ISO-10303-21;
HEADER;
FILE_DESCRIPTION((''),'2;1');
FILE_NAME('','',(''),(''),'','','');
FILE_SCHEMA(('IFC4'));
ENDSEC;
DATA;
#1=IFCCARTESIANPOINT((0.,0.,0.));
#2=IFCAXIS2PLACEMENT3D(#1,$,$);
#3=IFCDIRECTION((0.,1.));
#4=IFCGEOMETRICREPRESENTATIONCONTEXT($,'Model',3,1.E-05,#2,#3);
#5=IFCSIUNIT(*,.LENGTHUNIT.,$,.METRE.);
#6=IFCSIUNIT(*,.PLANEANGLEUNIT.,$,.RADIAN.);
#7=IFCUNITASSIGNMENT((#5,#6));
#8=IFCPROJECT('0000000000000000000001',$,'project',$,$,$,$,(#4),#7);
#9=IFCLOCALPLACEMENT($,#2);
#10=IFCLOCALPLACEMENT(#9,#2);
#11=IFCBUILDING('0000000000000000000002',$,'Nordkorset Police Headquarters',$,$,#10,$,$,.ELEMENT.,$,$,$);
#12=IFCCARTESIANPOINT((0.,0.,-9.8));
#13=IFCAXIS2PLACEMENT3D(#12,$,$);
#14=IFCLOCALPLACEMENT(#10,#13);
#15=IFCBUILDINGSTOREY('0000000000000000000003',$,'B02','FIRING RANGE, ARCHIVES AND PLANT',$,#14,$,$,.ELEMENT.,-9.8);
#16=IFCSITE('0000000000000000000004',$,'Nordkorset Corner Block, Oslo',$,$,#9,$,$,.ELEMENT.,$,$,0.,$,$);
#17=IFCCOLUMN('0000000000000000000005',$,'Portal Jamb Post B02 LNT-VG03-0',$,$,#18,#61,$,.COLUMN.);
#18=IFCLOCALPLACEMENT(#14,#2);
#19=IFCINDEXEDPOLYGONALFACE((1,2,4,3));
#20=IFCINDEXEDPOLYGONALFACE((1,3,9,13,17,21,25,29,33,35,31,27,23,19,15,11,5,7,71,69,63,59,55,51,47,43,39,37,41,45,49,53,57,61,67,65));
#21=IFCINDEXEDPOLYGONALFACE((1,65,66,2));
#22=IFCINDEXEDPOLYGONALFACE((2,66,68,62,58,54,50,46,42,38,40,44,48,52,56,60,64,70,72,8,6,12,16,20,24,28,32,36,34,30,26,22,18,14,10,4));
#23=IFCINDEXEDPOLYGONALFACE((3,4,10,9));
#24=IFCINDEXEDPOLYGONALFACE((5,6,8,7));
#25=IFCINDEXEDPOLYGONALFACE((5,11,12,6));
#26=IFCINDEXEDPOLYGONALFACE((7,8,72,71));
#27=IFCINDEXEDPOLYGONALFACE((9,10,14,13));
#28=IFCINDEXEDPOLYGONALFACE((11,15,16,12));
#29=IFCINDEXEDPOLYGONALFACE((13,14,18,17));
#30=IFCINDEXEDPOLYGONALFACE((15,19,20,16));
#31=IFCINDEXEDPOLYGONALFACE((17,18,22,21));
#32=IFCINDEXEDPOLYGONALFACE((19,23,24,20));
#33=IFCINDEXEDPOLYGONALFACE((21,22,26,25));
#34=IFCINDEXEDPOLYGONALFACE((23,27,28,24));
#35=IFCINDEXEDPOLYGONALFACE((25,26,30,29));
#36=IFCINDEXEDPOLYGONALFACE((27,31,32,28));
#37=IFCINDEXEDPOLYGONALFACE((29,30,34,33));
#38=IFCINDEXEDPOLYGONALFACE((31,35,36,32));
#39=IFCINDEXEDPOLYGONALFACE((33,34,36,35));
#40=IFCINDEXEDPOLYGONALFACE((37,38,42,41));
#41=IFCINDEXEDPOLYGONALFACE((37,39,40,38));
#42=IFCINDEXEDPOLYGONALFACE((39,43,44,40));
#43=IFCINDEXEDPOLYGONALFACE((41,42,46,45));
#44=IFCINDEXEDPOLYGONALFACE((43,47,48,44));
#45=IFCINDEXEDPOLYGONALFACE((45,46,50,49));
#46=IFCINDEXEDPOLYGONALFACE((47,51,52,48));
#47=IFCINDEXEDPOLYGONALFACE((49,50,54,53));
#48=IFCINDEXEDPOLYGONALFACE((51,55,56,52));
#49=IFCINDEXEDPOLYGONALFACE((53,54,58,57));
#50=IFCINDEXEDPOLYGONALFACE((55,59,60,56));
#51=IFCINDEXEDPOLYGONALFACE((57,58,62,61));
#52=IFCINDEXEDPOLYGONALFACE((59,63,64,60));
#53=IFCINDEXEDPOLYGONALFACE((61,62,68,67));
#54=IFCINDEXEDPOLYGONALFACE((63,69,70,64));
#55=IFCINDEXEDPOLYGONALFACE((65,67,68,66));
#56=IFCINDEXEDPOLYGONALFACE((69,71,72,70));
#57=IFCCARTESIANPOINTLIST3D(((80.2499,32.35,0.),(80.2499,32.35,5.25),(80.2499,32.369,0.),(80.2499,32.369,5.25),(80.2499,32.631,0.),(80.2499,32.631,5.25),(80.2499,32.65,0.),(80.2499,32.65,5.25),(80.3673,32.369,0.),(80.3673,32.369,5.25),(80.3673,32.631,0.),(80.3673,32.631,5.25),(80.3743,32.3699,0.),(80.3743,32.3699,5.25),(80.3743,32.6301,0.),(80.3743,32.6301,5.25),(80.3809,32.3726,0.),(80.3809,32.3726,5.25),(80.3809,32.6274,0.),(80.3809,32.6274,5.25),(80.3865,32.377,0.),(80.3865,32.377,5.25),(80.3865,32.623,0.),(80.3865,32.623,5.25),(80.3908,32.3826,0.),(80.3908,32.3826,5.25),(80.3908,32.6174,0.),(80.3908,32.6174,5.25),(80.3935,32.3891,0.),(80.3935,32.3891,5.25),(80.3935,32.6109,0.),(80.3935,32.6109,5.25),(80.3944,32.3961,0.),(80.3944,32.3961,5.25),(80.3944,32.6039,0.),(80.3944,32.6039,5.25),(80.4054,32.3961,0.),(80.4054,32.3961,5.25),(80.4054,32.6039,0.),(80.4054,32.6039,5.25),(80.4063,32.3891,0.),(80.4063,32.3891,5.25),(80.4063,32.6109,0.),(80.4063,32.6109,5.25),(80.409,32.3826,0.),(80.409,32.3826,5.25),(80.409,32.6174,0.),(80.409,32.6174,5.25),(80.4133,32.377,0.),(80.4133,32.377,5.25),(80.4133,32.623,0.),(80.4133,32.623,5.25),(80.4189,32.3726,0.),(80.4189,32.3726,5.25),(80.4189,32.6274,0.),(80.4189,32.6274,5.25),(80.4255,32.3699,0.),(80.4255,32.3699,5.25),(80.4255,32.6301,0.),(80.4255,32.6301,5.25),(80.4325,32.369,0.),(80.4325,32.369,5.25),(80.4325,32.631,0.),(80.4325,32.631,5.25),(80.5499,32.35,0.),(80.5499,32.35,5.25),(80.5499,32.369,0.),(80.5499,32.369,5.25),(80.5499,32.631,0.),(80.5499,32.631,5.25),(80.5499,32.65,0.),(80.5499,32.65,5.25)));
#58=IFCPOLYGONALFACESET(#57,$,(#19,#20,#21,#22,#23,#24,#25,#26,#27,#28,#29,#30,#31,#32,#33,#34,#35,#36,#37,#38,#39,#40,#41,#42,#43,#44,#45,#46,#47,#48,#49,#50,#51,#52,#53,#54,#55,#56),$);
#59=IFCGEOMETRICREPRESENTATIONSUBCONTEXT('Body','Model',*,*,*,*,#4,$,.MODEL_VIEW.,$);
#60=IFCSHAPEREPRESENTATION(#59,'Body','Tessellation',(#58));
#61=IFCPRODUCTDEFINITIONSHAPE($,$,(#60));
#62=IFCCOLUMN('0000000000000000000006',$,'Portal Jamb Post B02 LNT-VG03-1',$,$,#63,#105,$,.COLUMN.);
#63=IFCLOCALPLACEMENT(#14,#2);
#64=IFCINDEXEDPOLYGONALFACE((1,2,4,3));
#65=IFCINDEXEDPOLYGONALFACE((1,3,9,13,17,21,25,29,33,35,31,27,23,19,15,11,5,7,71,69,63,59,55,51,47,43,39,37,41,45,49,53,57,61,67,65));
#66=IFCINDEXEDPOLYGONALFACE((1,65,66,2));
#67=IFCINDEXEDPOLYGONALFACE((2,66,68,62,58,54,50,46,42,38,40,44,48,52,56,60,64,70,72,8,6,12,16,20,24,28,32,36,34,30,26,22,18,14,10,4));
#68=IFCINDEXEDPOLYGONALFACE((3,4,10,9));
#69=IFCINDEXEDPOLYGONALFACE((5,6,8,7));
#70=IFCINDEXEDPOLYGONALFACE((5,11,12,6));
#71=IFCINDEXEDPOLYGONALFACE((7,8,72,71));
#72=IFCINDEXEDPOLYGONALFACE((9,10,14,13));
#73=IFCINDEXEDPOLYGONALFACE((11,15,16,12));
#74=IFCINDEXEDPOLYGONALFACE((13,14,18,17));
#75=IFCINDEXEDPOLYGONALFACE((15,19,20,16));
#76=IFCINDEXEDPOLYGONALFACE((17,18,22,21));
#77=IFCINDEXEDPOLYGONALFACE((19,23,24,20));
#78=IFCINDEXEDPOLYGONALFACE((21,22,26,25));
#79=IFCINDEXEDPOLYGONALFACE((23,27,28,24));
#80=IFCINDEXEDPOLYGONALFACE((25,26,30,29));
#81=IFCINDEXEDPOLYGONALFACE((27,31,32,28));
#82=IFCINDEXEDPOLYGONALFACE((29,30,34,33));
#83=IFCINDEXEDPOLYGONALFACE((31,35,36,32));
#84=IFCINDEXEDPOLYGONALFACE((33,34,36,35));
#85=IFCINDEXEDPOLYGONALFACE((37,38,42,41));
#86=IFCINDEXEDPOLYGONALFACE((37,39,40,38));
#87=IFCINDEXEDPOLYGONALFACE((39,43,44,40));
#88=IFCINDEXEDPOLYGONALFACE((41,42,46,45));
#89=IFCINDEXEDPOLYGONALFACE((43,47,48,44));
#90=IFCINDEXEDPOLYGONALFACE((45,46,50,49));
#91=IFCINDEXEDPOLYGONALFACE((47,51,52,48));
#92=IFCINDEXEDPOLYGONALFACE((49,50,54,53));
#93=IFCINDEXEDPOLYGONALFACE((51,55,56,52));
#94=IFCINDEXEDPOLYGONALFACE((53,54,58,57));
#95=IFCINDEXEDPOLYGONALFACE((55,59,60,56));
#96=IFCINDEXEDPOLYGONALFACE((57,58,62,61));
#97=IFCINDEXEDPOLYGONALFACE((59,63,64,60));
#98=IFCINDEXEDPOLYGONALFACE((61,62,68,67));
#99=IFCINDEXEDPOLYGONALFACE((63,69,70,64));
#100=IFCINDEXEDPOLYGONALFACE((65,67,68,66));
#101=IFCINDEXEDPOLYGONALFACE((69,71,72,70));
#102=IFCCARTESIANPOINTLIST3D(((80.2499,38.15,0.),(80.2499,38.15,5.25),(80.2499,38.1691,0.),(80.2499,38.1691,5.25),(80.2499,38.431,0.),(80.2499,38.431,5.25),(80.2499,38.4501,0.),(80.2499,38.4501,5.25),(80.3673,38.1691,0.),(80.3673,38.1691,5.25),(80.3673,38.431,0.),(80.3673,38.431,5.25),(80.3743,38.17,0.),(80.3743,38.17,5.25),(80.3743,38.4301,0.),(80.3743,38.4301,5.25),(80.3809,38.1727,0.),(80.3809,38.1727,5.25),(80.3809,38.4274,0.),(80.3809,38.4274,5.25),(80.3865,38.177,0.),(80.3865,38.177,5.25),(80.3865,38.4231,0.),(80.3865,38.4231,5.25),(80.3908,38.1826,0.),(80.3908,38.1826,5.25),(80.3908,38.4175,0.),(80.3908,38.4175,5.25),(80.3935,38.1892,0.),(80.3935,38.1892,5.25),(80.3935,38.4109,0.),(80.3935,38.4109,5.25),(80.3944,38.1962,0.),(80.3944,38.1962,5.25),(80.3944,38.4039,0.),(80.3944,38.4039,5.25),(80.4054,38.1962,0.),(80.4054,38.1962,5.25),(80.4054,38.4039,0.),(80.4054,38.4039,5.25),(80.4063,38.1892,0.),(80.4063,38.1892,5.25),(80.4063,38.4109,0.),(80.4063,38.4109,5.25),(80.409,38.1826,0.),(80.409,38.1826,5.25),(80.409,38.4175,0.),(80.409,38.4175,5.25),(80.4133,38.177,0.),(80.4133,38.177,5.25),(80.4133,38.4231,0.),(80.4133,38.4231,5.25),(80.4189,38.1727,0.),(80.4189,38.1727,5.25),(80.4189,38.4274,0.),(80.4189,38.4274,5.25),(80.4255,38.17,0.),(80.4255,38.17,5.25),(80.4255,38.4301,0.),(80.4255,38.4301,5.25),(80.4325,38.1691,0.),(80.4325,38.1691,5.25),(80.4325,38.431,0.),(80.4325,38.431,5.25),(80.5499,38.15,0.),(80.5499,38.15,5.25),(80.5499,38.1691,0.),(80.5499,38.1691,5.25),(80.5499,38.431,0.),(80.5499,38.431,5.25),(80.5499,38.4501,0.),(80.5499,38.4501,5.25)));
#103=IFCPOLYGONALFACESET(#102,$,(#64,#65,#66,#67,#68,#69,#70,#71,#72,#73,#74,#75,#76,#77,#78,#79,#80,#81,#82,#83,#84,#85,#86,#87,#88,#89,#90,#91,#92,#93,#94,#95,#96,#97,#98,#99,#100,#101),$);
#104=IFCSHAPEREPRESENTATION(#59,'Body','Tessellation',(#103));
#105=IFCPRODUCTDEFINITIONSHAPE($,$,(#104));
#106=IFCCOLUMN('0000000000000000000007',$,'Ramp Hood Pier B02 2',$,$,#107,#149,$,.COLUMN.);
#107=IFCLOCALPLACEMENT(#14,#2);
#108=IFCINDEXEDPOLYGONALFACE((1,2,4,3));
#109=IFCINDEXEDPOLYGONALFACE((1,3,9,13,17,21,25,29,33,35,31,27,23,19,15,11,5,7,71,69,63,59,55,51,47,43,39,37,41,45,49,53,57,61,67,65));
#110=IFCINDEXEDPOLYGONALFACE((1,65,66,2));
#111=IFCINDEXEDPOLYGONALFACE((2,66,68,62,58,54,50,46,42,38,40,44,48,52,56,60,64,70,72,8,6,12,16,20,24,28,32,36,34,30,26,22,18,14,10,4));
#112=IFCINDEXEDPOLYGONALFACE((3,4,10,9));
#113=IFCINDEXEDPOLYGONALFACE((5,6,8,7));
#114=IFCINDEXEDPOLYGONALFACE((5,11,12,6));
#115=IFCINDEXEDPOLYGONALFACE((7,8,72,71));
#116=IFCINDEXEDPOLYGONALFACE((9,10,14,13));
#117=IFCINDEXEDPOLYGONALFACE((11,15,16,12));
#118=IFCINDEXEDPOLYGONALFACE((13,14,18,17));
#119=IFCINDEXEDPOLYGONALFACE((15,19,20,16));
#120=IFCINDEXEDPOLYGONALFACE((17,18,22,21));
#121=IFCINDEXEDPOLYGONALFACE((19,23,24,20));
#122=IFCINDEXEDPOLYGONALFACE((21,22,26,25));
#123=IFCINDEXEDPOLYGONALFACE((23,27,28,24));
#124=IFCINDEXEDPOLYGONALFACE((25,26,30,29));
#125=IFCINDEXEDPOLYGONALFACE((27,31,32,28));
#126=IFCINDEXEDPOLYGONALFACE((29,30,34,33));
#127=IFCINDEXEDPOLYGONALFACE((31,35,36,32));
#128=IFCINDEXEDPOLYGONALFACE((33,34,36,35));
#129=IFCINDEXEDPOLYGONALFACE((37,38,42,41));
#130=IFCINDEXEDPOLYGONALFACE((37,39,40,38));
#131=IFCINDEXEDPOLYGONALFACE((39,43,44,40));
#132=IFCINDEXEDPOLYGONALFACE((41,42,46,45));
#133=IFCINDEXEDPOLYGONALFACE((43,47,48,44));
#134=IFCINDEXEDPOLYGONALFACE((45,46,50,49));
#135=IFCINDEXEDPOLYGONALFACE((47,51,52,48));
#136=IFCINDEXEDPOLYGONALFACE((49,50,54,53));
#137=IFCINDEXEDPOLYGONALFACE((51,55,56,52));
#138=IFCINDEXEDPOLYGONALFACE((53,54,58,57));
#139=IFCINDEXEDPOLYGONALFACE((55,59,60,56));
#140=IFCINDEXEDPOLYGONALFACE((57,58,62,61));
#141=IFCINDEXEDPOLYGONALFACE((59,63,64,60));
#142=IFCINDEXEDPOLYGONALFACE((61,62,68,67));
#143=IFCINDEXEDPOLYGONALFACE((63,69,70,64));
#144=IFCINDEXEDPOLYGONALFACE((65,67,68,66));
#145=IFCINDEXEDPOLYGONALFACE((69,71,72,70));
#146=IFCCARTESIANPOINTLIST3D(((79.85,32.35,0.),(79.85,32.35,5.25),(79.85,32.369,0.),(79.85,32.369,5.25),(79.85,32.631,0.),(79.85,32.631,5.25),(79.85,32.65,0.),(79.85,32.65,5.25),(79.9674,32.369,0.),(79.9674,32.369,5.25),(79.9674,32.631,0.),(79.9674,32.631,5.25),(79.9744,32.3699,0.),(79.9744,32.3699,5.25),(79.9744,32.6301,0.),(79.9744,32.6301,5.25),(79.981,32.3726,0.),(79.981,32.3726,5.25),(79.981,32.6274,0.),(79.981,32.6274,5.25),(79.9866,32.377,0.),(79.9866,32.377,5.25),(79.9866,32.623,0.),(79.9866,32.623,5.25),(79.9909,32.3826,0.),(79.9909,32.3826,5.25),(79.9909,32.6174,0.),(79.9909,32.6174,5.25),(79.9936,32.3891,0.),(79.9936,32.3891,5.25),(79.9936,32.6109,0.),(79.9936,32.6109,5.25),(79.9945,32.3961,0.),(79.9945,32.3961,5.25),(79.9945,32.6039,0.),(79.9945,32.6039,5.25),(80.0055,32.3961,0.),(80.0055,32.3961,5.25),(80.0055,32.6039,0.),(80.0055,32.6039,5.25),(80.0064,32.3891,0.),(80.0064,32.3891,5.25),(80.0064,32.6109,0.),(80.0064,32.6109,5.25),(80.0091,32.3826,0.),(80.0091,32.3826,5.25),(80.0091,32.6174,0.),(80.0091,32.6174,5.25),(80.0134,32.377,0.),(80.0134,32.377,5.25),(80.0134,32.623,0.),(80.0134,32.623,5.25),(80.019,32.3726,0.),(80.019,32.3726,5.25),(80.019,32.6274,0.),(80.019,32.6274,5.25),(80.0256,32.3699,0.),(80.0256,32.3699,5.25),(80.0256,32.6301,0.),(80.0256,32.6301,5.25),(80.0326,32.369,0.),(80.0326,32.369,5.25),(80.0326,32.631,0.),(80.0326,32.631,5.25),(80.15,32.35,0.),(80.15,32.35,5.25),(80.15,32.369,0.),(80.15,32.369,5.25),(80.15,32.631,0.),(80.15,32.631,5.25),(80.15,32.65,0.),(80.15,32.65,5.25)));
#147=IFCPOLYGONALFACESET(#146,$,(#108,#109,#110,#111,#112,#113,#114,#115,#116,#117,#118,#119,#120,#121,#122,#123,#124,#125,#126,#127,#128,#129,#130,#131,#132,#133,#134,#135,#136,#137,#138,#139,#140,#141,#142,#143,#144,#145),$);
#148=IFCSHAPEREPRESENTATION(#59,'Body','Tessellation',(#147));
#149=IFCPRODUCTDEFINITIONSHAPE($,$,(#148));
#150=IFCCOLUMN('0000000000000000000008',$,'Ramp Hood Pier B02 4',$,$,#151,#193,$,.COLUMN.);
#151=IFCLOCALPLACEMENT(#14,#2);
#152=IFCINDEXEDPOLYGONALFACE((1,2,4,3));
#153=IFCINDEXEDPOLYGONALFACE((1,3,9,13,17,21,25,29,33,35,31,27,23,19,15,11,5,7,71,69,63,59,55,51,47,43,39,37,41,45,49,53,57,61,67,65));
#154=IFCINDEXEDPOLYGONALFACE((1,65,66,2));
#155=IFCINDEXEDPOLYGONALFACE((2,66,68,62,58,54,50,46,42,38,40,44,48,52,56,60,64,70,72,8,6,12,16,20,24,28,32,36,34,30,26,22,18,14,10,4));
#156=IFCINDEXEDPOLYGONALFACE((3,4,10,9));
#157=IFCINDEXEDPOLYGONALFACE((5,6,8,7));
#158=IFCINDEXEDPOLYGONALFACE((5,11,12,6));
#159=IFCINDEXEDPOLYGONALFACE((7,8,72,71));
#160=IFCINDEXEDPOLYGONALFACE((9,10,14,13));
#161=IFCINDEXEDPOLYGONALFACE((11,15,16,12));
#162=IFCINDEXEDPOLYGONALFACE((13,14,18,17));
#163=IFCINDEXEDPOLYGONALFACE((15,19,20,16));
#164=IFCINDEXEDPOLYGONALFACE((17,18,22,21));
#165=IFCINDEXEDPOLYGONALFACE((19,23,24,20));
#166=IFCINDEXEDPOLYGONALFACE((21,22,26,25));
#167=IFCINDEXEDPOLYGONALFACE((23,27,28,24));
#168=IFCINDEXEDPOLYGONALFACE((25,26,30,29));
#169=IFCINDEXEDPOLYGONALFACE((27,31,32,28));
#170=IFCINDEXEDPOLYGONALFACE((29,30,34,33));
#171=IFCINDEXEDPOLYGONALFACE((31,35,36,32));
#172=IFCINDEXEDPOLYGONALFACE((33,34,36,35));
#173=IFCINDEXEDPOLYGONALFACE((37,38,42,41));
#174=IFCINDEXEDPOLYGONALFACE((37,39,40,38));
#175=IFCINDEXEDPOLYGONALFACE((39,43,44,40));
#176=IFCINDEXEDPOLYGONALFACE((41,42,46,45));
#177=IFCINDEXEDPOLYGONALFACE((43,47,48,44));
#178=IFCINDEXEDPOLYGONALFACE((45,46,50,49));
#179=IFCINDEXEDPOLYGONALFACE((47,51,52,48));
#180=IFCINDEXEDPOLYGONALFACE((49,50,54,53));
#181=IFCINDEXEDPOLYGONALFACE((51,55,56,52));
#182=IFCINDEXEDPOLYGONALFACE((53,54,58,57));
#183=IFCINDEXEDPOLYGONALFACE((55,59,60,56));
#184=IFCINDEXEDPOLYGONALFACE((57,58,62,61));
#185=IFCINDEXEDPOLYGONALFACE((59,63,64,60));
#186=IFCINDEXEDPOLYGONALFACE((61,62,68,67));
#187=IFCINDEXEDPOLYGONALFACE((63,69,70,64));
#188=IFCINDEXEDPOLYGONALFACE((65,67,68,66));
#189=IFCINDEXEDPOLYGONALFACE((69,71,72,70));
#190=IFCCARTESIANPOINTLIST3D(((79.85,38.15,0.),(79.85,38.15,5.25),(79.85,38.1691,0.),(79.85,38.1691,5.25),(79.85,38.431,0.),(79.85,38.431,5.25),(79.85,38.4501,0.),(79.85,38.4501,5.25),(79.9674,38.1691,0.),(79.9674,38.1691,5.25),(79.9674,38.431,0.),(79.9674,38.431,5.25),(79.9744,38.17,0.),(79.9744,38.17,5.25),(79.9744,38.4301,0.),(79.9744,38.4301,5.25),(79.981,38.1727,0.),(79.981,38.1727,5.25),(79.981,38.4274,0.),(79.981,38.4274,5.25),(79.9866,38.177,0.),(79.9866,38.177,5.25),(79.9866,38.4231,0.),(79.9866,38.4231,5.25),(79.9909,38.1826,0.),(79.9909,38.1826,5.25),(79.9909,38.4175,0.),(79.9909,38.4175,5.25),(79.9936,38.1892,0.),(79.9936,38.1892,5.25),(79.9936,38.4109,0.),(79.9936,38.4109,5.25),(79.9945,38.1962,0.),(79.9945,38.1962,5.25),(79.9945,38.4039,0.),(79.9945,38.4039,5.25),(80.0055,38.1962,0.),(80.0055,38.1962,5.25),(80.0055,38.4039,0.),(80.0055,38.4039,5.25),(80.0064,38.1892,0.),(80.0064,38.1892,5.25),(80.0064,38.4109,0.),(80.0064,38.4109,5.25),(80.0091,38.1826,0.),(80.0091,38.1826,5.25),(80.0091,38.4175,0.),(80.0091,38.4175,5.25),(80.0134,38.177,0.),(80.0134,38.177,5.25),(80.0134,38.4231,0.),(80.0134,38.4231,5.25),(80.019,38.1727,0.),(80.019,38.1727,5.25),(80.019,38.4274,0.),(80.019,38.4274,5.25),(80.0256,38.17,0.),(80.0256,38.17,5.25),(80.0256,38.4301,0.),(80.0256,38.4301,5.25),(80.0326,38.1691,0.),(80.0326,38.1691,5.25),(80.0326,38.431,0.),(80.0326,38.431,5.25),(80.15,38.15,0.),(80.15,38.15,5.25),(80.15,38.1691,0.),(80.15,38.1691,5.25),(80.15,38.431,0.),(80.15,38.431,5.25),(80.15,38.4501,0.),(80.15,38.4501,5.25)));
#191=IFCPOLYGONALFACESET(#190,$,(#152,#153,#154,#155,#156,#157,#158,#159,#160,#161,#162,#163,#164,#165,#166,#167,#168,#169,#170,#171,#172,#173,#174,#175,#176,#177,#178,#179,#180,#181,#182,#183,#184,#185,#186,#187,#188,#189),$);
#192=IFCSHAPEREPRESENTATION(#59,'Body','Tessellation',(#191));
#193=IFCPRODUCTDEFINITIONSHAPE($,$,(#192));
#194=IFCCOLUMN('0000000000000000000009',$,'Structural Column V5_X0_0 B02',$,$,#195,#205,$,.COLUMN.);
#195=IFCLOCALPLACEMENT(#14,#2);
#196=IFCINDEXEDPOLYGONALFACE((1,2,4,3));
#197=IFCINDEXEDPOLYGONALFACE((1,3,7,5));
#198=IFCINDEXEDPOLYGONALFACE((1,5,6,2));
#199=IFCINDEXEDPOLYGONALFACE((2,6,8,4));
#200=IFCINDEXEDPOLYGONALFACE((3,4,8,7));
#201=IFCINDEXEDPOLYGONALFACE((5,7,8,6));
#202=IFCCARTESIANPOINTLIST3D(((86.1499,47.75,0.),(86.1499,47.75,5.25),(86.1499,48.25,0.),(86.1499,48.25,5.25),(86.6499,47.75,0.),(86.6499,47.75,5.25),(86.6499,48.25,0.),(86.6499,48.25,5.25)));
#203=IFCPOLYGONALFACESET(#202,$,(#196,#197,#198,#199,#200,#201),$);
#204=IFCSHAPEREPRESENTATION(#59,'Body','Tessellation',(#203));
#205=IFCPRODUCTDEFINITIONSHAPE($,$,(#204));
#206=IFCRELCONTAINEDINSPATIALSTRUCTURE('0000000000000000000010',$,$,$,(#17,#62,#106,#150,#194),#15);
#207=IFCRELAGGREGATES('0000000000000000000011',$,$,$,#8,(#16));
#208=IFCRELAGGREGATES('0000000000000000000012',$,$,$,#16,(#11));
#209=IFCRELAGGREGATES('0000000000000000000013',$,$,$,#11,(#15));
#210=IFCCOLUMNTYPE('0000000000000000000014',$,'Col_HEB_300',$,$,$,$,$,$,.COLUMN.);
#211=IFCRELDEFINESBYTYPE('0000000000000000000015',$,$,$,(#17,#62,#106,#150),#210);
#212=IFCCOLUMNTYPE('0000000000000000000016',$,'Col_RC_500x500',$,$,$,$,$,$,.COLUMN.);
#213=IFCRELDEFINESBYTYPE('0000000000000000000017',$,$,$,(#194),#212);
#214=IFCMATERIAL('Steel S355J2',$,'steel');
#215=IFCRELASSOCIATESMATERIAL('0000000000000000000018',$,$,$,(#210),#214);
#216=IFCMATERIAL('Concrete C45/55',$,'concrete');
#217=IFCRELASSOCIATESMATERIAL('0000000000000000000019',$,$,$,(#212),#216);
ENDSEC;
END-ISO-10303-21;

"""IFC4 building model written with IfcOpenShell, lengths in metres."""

from ifc_helpers import new_model, si_unit, direction, frame, origin, origin_2d, place, context, subcontext, project, spatial, rectangle, i_section, extrude, material, material_profile, profile_set, type_object, element, save


model = new_model("IFC4")

# Units and contexts
model_context = context("Model", 3, precision=1e-05, world=origin(), true_north=direction((0.0, 1.0)))
body_context = subcontext(model_context, "Body", "Model", "MODEL_VIEW")
ifc_project = project(units=[si_unit("LENGTHUNIT", "METRE"), si_unit("PLANEANGLEUNIT", "RADIAN")], contexts=[model_context])

# Site, building, storey
site_placement = place(None, origin())
site = spatial("IfcSite", under=ifc_project, at=site_placement, Name="Nordkorset Corner Block, Oslo", CompositionType="ELEMENT", RefElevation=0.0)
building_placement = place(site_placement, origin())
building = spatial("IfcBuilding", under=site, at=building_placement, Name="Nordkorset Police Headquarters", CompositionType="ELEMENT")
storey_placement = place(building_placement, frame((0.0, 0.0, -9.8)))
storey = spatial("IfcBuildingStorey", under=building, at=storey_placement, Name="B02", Description="FIRING RANGE, ARCHIVES AND PLANT", CompositionType="ELEMENT", Elevation=-9.8)

# Columns
ifc_material_1 = material(Name="Steel S355J2", Category="steel")
ifc_material_profile_1 = material_profile(ifc_material_1, i_section(OverallWidth=0.3, OverallDepth=0.3, WebThickness=0.011, FlangeThickness=0.019, FilletRadius=0.0271, at=origin_2d()), Name="HEB 300")
ifc_profile_set_1 = profile_set([ifc_material_profile_1], Name="Steel S355J2")
column_type_1 = type_object("IfcColumnType", Name="Col_HEB_300", PredefinedType="COLUMN", material=ifc_profile_set_1)
for number, where, z_axis, x_axis, name in (
    (1, (80.3999, 32.5, 0.0), (0.0, 0.0, 1.0), (1.0, 0.0, 0.0), "Portal Jamb Post B02 LNT-VG03-0"),
    (2, (80.3999, 38.3, 0.0), (0.0, 0.0, 1.0), (1.0, 0.0, 0.0), "Portal Jamb Post B02 LNT-VG03-1"),
    (3, (80.0, 32.5, 0.0), (0.0, 0.0, 1.0), (1.0, 0.0, 0.0), "Ramp Hood Pier B02 2"),
    (4, (80.0, 38.3, 0.0), (0.0, 0.0, 1.0), (1.0, 0.0, 0.0), "Ramp Hood Pier B02 4"),
):
    element("IfcColumn", number, at=place(storey_placement, frame(where, z_axis=z_axis, x_axis=x_axis)), inside=storey, type_object=column_type_1, Name=name, PredefinedType="COLUMN", context=body_context, shape_type="SweptSolid", body=[
        extrude(i_section(OverallWidth=0.3, OverallDepth=0.3, WebThickness=0.011, FlangeThickness=0.019, FilletRadius=0.0271, at=origin_2d()), origin(), (0.0, 0.0, 1.0), 5.25),
    ])
ifc_material_2 = material(Name="Concrete C45/55", Category="concrete")
ifc_material_profile_2 = material_profile(ifc_material_2, rectangle(XDim=0.5, YDim=0.5, at=origin_2d()), Name="RC 500x500")
ifc_profile_set_2 = profile_set([ifc_material_profile_2], Name="Concrete C45/55")
column_type_2 = type_object("IfcColumnType", Name="Col_RC_500x500", PredefinedType="COLUMN", material=ifc_profile_set_2)
for number, where, z_axis, x_axis, name in (
    (5, (86.3999, 48.0, 0.0), (0.0, 0.0, 1.0), (1.0, 0.0, 0.0), "Structural Column V5_X0_0 B02"),
):
    element("IfcColumn", number, at=place(storey_placement, frame(where, z_axis=z_axis, x_axis=x_axis)), inside=storey, type_object=column_type_2, Name=name, PredefinedType="COLUMN", context=body_context, shape_type="SweptSolid", body=[
        extrude(rectangle(XDim=0.5, YDim=0.5, at=origin_2d()), origin(), (0.0, 0.0, 1.0), 5.25),
    ])

save(model, "model.ifc")
